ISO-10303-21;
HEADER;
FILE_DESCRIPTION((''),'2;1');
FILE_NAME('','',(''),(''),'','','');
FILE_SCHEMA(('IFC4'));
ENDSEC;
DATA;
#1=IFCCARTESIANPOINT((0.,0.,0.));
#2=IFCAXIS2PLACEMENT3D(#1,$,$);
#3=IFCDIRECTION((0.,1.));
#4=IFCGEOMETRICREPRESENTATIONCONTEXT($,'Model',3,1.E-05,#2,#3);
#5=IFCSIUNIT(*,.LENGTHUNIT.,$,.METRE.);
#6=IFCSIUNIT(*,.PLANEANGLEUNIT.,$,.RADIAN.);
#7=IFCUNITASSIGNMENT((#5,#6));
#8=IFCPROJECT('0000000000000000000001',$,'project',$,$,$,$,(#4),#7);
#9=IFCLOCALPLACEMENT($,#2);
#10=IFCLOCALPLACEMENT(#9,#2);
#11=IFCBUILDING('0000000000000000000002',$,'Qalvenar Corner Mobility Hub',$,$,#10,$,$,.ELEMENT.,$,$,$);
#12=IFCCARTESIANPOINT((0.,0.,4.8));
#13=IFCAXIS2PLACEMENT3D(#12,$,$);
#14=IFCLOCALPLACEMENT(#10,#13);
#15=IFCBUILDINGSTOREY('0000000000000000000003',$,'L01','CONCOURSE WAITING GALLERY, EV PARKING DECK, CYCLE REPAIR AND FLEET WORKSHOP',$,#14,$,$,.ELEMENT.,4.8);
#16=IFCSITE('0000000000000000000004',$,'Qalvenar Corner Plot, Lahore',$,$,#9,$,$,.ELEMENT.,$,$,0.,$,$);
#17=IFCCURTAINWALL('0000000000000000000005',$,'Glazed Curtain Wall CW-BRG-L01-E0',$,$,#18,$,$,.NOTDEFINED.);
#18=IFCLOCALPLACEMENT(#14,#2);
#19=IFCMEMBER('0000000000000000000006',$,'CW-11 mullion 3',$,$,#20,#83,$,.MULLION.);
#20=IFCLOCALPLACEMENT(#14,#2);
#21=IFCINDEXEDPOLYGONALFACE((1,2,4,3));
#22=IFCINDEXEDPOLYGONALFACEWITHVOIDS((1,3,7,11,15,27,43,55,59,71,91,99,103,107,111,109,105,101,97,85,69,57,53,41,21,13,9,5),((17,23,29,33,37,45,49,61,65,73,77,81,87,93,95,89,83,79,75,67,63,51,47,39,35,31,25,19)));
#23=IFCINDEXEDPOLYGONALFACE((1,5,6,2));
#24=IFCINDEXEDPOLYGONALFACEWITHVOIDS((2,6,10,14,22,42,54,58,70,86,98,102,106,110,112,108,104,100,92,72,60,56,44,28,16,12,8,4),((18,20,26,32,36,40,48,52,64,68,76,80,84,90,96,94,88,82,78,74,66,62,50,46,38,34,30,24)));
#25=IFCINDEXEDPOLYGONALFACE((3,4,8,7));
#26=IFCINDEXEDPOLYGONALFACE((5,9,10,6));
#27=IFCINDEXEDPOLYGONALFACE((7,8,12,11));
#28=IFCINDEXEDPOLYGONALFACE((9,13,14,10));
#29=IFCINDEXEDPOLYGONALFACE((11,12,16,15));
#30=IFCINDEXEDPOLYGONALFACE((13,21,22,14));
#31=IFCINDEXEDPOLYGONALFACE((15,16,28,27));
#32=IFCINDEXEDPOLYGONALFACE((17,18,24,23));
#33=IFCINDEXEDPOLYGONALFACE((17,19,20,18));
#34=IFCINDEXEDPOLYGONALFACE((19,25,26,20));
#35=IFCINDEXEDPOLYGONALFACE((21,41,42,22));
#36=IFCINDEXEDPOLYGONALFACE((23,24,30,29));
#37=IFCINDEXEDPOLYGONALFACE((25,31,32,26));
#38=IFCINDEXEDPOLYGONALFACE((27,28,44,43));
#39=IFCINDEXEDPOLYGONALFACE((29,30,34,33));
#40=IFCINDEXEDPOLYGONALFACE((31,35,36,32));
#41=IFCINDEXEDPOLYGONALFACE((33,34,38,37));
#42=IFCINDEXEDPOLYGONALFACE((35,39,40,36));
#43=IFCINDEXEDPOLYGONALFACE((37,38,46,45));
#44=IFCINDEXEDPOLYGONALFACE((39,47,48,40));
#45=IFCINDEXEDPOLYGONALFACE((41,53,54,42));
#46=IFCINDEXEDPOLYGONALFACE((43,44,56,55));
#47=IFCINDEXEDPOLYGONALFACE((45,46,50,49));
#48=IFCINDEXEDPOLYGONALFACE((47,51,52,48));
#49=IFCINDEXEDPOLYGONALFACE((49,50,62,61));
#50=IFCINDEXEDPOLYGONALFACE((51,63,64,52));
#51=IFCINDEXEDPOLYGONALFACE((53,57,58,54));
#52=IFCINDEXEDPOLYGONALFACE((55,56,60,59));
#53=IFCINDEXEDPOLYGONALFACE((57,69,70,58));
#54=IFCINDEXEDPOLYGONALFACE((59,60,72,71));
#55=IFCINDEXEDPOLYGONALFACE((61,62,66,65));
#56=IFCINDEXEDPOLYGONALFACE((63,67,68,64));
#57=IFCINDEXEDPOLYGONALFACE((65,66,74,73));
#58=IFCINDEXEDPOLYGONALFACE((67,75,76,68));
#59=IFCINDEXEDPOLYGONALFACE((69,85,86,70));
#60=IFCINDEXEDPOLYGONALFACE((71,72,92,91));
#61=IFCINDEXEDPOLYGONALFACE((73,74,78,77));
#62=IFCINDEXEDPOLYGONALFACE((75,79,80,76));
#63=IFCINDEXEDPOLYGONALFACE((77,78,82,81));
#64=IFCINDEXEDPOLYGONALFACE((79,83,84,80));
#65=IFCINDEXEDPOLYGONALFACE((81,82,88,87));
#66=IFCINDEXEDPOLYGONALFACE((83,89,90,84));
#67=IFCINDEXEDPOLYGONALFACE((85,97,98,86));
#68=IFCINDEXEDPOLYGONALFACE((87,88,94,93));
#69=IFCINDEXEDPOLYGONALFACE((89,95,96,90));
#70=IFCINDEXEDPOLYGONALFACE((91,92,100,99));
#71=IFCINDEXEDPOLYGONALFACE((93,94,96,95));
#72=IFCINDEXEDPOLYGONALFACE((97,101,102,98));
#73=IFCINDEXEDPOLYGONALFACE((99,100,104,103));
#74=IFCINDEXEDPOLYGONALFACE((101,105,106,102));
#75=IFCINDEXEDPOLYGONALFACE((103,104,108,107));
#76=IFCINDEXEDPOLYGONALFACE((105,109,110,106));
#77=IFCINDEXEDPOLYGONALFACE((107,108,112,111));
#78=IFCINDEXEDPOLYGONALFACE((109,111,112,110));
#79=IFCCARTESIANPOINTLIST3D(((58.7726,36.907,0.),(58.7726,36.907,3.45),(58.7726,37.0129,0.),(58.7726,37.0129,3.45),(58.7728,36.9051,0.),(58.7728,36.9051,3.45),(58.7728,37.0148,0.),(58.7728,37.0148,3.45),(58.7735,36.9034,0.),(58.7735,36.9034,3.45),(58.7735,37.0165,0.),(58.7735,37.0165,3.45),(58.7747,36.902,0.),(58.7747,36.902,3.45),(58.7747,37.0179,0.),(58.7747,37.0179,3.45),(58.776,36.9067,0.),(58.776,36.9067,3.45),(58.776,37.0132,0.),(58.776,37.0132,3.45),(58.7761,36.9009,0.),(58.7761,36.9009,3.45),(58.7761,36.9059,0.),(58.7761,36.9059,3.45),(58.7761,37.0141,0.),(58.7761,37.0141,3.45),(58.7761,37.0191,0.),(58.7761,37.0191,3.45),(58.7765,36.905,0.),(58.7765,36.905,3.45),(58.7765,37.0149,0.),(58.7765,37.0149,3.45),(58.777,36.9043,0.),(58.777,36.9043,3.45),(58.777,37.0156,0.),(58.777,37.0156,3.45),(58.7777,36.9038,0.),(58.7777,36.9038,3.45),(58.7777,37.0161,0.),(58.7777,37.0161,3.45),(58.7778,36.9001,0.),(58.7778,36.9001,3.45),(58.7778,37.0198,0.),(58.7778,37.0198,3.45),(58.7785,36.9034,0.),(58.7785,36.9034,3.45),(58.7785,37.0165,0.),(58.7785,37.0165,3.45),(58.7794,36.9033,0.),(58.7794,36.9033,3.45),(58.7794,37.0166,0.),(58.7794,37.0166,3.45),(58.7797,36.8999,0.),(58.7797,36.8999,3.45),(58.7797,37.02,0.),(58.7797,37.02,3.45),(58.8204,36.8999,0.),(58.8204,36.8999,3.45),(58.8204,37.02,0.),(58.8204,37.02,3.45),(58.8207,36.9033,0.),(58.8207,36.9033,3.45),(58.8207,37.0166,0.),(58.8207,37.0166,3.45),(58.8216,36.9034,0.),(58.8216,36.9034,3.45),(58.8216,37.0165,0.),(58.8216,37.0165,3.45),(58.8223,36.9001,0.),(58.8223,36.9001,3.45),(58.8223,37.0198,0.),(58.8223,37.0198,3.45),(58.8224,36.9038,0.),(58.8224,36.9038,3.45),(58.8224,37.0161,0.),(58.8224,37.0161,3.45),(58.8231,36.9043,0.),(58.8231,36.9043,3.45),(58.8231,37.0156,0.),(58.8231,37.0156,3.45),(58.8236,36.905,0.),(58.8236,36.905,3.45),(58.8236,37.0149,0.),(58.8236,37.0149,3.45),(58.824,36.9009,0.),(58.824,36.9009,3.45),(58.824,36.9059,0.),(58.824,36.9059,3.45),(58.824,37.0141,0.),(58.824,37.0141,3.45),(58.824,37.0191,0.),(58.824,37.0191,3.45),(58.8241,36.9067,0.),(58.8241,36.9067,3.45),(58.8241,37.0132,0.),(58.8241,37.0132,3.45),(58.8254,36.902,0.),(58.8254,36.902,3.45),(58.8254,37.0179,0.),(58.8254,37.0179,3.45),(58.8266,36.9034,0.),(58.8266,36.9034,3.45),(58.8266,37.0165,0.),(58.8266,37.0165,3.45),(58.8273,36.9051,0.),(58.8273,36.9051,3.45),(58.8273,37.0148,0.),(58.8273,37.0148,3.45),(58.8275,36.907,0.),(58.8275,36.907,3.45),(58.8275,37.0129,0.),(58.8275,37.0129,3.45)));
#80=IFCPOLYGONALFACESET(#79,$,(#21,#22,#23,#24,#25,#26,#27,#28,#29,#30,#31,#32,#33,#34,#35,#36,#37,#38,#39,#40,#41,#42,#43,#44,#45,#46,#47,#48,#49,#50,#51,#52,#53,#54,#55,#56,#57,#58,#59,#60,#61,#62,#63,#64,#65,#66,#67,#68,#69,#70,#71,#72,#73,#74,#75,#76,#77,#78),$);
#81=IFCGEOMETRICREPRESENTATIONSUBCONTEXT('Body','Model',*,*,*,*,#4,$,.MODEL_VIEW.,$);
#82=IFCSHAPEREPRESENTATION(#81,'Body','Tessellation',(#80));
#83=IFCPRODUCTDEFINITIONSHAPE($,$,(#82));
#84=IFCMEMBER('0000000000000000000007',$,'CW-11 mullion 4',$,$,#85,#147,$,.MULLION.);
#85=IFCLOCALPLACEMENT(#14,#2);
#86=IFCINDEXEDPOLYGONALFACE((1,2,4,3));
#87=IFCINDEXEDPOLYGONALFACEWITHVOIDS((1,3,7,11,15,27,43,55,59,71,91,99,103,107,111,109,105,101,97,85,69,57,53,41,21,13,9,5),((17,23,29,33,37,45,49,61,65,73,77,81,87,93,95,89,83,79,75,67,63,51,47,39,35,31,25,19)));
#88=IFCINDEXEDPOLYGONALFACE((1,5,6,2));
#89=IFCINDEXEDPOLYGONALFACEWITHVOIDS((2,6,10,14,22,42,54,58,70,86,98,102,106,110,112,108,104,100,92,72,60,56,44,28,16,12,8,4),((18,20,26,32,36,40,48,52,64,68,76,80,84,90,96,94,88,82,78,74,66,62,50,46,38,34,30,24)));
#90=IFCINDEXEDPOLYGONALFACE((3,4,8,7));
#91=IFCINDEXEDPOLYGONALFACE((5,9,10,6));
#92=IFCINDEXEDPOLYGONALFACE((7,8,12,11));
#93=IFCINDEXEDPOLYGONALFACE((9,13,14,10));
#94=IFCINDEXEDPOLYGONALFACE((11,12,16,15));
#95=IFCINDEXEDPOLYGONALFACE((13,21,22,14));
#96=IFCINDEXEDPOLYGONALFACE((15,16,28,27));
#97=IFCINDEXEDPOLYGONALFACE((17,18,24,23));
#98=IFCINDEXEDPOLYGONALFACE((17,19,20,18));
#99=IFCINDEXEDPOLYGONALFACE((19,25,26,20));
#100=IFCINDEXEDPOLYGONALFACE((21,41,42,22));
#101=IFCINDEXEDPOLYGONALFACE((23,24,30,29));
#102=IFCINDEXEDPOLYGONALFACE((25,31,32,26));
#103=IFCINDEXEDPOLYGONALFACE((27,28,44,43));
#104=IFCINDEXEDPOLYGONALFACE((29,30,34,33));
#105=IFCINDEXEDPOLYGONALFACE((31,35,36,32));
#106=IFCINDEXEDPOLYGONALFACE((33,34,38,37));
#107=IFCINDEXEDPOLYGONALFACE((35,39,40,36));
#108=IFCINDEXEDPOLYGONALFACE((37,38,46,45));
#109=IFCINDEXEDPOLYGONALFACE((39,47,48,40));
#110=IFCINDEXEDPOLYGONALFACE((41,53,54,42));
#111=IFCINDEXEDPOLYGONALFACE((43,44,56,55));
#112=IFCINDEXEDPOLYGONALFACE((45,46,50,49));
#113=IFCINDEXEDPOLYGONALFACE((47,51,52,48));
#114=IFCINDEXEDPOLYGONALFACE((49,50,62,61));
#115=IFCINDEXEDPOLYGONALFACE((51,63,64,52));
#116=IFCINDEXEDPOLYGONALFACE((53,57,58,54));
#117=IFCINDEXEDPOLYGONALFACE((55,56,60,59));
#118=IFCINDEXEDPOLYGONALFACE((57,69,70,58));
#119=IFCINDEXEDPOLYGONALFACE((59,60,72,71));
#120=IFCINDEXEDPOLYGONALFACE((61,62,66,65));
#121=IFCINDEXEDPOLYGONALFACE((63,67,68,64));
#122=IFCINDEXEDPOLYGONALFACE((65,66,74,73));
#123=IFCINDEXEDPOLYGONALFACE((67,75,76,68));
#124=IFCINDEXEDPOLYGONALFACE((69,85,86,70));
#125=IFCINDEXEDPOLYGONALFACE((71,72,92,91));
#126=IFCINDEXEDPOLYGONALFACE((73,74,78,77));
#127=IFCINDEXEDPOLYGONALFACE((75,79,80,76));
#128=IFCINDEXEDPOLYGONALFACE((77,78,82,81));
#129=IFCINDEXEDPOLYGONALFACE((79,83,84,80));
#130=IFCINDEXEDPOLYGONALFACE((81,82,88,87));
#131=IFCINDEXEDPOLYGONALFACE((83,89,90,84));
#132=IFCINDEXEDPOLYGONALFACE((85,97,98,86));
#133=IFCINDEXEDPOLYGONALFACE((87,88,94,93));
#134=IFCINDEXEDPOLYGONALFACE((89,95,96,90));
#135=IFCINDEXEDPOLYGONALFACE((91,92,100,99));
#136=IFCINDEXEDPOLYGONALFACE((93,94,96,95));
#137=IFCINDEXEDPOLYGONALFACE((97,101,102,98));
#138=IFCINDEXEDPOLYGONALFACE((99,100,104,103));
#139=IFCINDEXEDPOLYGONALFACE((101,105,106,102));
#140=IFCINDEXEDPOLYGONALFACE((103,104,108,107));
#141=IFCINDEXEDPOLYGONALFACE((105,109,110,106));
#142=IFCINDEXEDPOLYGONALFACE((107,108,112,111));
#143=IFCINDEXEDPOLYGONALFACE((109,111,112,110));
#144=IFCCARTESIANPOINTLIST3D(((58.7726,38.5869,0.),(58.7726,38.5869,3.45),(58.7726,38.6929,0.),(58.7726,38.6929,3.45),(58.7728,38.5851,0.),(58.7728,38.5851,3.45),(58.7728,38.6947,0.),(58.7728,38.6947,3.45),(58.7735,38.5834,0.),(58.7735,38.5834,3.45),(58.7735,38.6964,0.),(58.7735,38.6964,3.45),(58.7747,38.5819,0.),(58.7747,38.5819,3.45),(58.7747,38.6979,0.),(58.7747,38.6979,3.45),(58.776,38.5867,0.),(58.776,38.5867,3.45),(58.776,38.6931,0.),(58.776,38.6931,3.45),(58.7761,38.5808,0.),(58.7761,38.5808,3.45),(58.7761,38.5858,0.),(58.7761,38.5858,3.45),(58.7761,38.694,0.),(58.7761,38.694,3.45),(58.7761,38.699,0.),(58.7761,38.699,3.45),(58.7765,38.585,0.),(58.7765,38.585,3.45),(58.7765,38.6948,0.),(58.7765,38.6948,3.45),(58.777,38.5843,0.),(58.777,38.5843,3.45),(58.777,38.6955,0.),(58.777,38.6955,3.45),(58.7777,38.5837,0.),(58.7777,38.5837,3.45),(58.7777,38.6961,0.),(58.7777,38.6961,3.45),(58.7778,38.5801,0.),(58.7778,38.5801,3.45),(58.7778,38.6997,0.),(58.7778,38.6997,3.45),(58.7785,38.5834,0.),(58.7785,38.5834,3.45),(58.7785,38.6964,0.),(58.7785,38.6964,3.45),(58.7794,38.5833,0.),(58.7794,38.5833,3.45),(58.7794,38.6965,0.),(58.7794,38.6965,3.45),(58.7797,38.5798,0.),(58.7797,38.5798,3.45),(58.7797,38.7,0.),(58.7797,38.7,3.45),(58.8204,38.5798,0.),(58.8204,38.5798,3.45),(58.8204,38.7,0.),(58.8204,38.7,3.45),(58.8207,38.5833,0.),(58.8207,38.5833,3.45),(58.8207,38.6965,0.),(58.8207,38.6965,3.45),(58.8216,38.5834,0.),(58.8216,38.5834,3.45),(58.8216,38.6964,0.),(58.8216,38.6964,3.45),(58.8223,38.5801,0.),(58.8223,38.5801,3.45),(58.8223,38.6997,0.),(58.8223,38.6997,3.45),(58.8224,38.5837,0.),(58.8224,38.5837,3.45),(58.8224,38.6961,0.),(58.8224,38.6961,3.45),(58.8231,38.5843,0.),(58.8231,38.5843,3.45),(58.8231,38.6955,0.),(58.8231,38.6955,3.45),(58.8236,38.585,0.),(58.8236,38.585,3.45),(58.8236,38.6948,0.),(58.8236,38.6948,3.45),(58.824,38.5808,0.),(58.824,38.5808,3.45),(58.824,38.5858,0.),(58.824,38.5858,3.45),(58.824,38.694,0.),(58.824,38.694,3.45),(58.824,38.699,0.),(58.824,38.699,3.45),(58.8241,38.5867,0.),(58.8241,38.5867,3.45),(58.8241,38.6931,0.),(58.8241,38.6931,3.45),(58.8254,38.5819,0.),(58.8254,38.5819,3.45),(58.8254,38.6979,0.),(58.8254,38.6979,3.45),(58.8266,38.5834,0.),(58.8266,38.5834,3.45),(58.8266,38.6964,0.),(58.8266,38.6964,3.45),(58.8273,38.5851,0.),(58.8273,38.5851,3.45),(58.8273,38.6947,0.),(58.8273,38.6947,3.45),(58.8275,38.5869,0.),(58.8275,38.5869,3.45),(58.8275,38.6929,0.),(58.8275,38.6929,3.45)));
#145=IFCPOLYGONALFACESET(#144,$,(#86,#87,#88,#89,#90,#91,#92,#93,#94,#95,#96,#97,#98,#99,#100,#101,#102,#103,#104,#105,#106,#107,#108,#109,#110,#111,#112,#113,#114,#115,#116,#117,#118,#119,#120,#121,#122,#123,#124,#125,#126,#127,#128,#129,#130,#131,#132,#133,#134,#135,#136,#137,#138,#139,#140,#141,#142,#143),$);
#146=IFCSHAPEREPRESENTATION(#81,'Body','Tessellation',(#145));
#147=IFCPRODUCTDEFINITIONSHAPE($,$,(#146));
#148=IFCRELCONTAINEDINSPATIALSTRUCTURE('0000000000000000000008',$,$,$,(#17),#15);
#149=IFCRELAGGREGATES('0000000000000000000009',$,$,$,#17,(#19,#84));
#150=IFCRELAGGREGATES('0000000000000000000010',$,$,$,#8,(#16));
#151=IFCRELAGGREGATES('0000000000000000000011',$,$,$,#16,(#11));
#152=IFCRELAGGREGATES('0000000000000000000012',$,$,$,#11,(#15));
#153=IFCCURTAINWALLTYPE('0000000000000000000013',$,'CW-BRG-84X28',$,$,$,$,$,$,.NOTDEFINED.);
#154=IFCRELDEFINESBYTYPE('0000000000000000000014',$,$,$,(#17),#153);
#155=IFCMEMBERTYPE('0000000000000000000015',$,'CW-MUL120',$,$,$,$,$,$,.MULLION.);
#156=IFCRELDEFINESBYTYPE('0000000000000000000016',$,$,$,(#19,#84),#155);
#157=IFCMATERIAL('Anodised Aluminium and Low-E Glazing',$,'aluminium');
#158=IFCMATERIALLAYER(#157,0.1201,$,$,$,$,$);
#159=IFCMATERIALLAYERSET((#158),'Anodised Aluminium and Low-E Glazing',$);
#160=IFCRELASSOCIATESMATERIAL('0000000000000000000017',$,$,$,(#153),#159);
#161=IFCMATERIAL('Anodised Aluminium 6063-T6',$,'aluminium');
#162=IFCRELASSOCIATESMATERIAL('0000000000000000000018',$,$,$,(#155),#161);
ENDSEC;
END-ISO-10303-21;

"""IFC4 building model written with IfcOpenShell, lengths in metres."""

from ifc_helpers import new_model, si_unit, direction, frame, origin, origin_2d, place, context, subcontext, project, spatial, hollow_rectangle, extrude, material, layer, layer_set, material_profile, profile_set, type_object, element, aggregate, save


model = new_model("IFC4")

# Units and contexts
model_context = context("Model", 3, precision=1e-05, world=origin(), true_north=direction((0.0, 1.0)))
body_context = subcontext(model_context, "Body", "Model", "MODEL_VIEW")
ifc_project = project(units=[si_unit("LENGTHUNIT", "METRE"), si_unit("PLANEANGLEUNIT", "RADIAN")], contexts=[model_context])

# Site, building, storey
site_placement = place(None, origin())
site = spatial("IfcSite", under=ifc_project, at=site_placement, Name="Qalvenar Corner Plot, Lahore", CompositionType="ELEMENT", RefElevation=0.0)
building_placement = place(site_placement, origin())
building = spatial("IfcBuilding", under=site, at=building_placement, Name="Qalvenar Corner Mobility Hub", CompositionType="ELEMENT")
storey_placement = place(building_placement, frame((0.0, 0.0, 4.8)))
storey = spatial("IfcBuildingStorey", under=building, at=storey_placement, Name="L01", Description="CONCOURSE WAITING GALLERY, EV PARKING DECK, CYCLE REPAIR AND FLEET WORKSHOP", CompositionType="ELEMENT", Elevation=4.8)

# Curtain wall, members
ifc_material_1 = material(Name="Anodised Aluminium and Low-E Glazing", Category="aluminium")
ifc_layer_1 = layer(ifc_material_1, 0.1201)
ifc_layer_set_1 = layer_set([ifc_layer_1], Name="Anodised Aluminium and Low-E Glazing")
curtain_wall_type = type_object("IfcCurtainWallType", Name="CW-BRG-84X28", PredefinedType="NOTDEFINED", material=ifc_layer_set_1)
curtain_wall_placement = place(storey_placement, origin())
curtain_wall = element("IfcCurtainWall", 1, at=curtain_wall_placement, inside=storey, type_object=curtain_wall_type, Name="Glazed Curtain Wall CW-BRG-L01-E0", PredefinedType="NOTDEFINED")
ifc_material_2 = material(Name="Anodised Aluminium 6063-T6", Category="aluminium")
ifc_material_profile_1 = material_profile(ifc_material_2, hollow_rectangle(XDim=0.0549, YDim=0.1201, WallThickness=0.0034, InnerFilletRadius=0.0034, OuterFilletRadius=0.0071, at=origin_2d()), Name="RHS120x55x3.5")
ifc_profile_set_1 = profile_set([ifc_material_profile_1], Name="Anodised Aluminium 6063-T6")
member_type_1 = type_object("IfcMemberType", Name="CW-MUL120", PredefinedType="MULLION", material=ifc_profile_set_1)
member_1_placement = place(storey_placement, frame((58.8, 36.96, 0.0), z_axis=(0.0, 0.0, 1.0), x_axis=(-1.0, 0.0, 0.0)))
member_1 = element("IfcMember", 2, at=member_1_placement, type_object=member_type_1, Name="CW-11 mullion 3", PredefinedType="MULLION", context=body_context, shape_type="SweptSolid", body=[
    extrude(hollow_rectangle(XDim=0.0549, YDim=0.1201, WallThickness=0.0034, InnerFilletRadius=0.0034, OuterFilletRadius=0.0071, at=origin_2d()), origin(), (0.0, 0.0, 1.0), 3.45),
])
member_2_placement = place(storey_placement, frame((58.8, 38.6399, 0.0), z_axis=(0.0, 0.0, 1.0), x_axis=(-1.0, 0.0, 0.0)))
member_2 = element("IfcMember", 3, at=member_2_placement, type_object=member_type_1, Name="CW-11 mullion 4", PredefinedType="MULLION", context=body_context, shape_type="SweptSolid", body=[
    extrude(hollow_rectangle(XDim=0.0549, YDim=0.1201, WallThickness=0.0034, InnerFilletRadius=0.0034, OuterFilletRadius=0.0071, at=origin_2d()), origin(), (0.0, 0.0, 1.0), 3.45),
])
aggregate(curtain_wall, [member_1, member_2])

save(model, "model.ifc")
